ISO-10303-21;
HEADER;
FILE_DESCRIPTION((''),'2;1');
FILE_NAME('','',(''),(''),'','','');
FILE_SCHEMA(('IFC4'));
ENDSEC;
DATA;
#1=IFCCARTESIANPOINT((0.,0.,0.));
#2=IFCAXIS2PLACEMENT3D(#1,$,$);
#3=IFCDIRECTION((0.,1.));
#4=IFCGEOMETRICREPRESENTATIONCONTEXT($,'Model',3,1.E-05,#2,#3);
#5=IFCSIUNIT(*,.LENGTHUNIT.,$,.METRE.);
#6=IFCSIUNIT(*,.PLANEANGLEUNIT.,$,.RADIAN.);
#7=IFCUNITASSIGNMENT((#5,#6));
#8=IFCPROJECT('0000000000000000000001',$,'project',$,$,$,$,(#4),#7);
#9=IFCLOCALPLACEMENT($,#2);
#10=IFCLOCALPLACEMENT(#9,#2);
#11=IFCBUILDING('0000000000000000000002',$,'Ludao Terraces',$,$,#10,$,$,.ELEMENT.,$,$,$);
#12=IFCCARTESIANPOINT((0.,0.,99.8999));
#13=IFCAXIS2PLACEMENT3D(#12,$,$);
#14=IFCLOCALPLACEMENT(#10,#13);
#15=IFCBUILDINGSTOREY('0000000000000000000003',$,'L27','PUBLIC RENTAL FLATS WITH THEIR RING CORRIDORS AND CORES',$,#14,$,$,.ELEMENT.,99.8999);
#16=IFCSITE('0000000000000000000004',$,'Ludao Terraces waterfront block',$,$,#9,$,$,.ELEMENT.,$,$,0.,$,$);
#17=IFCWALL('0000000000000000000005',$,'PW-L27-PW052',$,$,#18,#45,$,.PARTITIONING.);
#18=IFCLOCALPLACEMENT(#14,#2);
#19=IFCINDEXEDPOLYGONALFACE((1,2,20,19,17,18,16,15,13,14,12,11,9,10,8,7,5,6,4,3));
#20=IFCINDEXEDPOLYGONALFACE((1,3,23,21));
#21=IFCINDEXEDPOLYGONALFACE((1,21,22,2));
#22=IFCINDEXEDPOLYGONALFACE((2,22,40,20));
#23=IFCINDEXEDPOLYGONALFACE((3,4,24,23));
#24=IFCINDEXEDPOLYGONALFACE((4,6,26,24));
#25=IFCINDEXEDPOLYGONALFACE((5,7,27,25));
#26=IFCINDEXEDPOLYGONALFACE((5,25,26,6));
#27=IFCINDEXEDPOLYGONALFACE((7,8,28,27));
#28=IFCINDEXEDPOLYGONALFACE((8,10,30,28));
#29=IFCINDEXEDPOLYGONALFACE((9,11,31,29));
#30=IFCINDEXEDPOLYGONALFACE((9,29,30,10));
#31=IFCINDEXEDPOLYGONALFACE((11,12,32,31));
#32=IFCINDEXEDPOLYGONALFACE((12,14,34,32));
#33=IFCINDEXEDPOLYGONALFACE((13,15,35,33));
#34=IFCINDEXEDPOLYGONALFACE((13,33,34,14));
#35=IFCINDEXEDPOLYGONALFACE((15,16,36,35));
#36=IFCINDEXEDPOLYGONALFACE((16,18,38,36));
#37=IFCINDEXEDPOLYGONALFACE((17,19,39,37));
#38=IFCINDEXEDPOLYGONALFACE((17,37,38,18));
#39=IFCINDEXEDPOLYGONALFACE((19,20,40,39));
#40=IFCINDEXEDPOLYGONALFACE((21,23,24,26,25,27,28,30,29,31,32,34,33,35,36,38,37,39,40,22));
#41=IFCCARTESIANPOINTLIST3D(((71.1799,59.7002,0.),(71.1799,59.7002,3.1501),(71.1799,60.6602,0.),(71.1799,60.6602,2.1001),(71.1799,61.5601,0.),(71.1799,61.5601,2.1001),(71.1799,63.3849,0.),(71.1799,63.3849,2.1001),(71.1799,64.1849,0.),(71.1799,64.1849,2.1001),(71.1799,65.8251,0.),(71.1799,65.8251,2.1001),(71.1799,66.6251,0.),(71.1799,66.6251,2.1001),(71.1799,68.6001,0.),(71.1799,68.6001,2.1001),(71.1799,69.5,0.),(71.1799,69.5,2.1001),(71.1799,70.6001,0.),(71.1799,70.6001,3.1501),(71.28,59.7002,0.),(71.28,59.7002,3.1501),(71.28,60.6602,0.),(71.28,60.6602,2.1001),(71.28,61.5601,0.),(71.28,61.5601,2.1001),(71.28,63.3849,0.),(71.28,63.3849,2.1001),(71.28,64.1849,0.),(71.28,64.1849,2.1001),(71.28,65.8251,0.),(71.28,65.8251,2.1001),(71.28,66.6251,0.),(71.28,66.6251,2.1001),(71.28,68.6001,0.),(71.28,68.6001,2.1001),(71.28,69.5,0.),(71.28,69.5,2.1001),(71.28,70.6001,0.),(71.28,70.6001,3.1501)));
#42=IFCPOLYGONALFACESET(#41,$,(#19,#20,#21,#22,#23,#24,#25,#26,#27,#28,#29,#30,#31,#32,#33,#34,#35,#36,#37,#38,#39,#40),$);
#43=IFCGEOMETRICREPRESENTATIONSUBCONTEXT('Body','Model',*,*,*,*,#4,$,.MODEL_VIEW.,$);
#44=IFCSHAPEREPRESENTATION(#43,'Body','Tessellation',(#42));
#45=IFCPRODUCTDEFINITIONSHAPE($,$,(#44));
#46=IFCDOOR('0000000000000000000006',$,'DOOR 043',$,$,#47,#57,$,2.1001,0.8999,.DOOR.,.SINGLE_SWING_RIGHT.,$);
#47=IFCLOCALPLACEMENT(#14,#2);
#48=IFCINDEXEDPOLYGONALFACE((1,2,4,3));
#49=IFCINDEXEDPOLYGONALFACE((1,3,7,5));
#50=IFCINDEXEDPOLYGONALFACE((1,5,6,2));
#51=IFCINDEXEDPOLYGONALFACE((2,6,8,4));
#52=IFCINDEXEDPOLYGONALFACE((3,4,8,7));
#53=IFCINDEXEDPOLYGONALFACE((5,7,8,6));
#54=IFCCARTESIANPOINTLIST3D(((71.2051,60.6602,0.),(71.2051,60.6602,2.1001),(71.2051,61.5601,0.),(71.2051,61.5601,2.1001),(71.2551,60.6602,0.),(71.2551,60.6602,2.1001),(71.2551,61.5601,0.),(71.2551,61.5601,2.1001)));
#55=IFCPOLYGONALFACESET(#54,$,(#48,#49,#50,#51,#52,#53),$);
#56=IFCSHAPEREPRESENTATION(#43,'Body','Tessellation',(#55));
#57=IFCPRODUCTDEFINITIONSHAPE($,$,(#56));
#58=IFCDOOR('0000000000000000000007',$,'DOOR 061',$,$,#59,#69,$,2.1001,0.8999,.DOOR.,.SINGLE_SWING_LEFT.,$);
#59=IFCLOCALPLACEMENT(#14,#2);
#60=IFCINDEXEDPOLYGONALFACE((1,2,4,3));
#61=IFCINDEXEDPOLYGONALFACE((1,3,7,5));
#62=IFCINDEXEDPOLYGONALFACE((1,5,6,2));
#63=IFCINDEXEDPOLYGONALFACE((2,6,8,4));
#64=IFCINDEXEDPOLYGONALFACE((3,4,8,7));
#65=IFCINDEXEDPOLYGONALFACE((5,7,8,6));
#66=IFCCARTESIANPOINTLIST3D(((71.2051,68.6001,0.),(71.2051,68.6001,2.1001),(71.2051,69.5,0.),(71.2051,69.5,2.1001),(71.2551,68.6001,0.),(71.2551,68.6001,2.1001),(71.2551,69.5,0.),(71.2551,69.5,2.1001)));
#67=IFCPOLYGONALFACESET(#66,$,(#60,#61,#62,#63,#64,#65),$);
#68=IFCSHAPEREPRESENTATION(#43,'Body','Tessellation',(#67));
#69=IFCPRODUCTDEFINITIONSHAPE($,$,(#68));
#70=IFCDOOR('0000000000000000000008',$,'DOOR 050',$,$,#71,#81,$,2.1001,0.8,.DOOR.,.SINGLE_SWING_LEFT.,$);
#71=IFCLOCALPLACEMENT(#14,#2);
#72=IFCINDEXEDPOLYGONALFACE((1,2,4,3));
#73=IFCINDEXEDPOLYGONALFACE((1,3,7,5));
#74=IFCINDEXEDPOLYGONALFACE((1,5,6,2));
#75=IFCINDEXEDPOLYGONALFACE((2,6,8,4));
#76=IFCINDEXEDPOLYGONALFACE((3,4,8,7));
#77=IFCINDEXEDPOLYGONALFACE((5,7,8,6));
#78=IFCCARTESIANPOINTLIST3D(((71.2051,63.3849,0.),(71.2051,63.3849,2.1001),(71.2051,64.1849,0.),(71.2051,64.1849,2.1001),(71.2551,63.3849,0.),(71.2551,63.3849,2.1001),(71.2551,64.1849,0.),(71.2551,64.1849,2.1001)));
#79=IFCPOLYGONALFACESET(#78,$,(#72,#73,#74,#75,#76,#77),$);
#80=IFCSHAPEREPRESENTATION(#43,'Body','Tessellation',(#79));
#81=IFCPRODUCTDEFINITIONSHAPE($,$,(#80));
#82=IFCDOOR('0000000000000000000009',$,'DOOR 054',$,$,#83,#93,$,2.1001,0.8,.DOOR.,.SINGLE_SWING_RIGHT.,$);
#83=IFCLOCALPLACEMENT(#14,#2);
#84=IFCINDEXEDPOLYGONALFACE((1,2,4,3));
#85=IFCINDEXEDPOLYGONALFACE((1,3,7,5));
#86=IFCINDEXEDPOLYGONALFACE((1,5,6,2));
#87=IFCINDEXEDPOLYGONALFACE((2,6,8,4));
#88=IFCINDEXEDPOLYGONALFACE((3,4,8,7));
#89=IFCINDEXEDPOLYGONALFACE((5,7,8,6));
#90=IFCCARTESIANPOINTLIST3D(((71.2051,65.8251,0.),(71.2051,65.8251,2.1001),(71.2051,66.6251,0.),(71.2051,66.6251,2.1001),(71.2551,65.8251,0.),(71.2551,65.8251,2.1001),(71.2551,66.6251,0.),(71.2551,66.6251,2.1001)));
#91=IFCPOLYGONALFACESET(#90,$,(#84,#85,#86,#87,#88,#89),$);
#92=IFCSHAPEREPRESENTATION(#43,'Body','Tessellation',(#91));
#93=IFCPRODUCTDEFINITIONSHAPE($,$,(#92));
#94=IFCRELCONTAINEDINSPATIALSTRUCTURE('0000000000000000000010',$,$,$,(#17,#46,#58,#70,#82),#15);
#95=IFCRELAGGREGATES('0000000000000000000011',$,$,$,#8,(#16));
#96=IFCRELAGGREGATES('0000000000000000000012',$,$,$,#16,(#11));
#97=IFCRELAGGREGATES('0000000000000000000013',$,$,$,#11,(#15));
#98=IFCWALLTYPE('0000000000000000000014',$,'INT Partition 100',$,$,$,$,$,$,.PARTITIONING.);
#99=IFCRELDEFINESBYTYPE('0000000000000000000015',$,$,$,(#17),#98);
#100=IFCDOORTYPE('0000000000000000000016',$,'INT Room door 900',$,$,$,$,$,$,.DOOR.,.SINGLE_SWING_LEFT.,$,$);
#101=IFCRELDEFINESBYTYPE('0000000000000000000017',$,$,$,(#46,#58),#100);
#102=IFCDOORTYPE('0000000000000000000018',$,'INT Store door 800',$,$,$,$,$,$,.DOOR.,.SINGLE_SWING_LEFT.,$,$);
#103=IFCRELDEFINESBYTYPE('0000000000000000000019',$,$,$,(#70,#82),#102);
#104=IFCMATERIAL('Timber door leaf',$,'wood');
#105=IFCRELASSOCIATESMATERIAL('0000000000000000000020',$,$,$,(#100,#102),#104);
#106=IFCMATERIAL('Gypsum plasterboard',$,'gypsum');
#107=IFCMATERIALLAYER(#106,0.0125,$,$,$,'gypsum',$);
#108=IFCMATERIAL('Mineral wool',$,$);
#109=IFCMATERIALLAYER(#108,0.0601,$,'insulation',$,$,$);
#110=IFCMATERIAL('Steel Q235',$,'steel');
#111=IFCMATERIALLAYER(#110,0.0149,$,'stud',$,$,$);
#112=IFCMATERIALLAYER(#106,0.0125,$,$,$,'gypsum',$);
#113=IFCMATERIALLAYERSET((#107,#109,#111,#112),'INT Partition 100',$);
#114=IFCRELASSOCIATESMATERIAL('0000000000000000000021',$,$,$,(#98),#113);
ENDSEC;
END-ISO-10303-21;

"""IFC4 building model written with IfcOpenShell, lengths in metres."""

from ifc_helpers import new_model, si_unit, direction, frame, frame_2d, origin, place, context, subcontext, project, spatial, rectangle, extrude, material, layer, layer_set, type_object, element, fill, save


model = new_model("IFC4")

# Units and contexts
model_context = context("Model", 3, precision=1e-05, world=origin(), true_north=direction((0.0, 1.0)))
body_context = subcontext(model_context, "Body", "Model", "MODEL_VIEW")
ifc_project = project(units=[si_unit("LENGTHUNIT", "METRE"), si_unit("PLANEANGLEUNIT", "RADIAN")], contexts=[model_context])

# Site, building, storey
site_placement = place(None, origin())
site = spatial("IfcSite", under=ifc_project, at=site_placement, Name="Ludao Terraces waterfront block", CompositionType="ELEMENT", RefElevation=0.0)
building_placement = place(site_placement, origin())
building = spatial("IfcBuilding", under=site, at=building_placement, Name="Ludao Terraces", CompositionType="ELEMENT")
storey_placement = place(building_placement, frame((0.0, 0.0, 99.8999)))
storey = spatial("IfcBuildingStorey", under=building, at=storey_placement, Name="L27", Description="PUBLIC RENTAL FLATS WITH THEIR RING CORRIDORS AND CORES", CompositionType="ELEMENT", Elevation=99.8999)

# Shared definitions
ifc_material_1 = material(Name="Steel Q235", Category="steel")
ifc_material_2 = material(Name="Timber door leaf", Category="wood")
door_type_1 = type_object("IfcDoorType", Name="INT Room door 900", OperationType="SINGLE_SWING_LEFT", PredefinedType="DOOR", material=ifc_material_2)

# Shared definitions
ifc_material_3 = material(Name="Gypsum plasterboard", Category="gypsum")
ifc_layer_1 = layer(ifc_material_3, 0.0125, Category="gypsum")
ifc_material_4 = material(Name="Mineral wool")
ifc_layer_2 = layer(ifc_material_4, 0.0601, Name="insulation")
ifc_layer_3 = layer(ifc_material_1, 0.0149, Name="stud")
ifc_layer_4 = layer(ifc_material_3, 0.0125, Category="gypsum")
ifc_layer_set_1 = layer_set([ifc_layer_1, ifc_layer_2, ifc_layer_3, ifc_layer_4], Name="INT Partition 100")
wall_type_1 = type_object("IfcWallType", Name="INT Partition 100", PredefinedType="PARTITIONING", material=ifc_layer_set_1)

# Wall, openings, doors
wall_1_placement = place(storey_placement, frame((71.23, 59.7002, 0.0), z_axis=(0.0, 0.0, 1.0), x_axis=(0.0, 1.0, 0.0)))
wall_1 = element("IfcWall", 1, at=wall_1_placement, inside=storey, type_object=wall_type_1, Name="PW-L27-PW052", PredefinedType="PARTITIONING", context=body_context, shape_type="SweptSolid", body=[
    extrude(rectangle(XDim=10.8999, YDim=0.1001, at=frame_2d((5.45, 0.0))), origin(), (0.0, 0.0, 1.0), 3.1501),
])
opening_1_placement = place(wall_1_placement, frame((0.96, 0.0, 0.0)))
opening_1 = element("IfcOpeningElement", 2, at=opening_1_placement, cuts=wall_1, PredefinedType="OPENING", context=body_context, shape_type="SweptSolid", body=[
    extrude(rectangle(XDim=0.8999, YDim=2.1001, at=frame_2d((0.45, 1.05))), frame((0.0, 0.0601, 0.0), z_axis=(0.0, -1.0, 0.0), x_axis=(1.0, 0.0, 0.0)), (0.0, 0.0, 1.0), 0.1201),
])
opening_2_placement = place(wall_1_placement, frame((3.6848, 0.0, 0.0)))
opening_2 = element("IfcOpeningElement", 3, at=opening_2_placement, cuts=wall_1, PredefinedType="OPENING", context=body_context, shape_type="SweptSolid", body=[
    extrude(rectangle(XDim=0.8, YDim=2.1001, at=frame_2d((0.3999, 1.05))), frame((0.0, 0.0601, 0.0), z_axis=(0.0, -1.0, 0.0), x_axis=(1.0, 0.0, 0.0)), (0.0, 0.0, 1.0), 0.1201),
])
opening_3_placement = place(wall_1_placement, frame((6.125, 0.0, 0.0)))
opening_3 = element("IfcOpeningElement", 4, at=opening_3_placement, cuts=wall_1, PredefinedType="OPENING", context=body_context, shape_type="SweptSolid", body=[
    extrude(rectangle(XDim=0.8, YDim=2.1001, at=frame_2d((0.3999, 1.05))), frame((0.0, 0.0601, 0.0), z_axis=(0.0, -1.0, 0.0), x_axis=(1.0, 0.0, 0.0)), (0.0, 0.0, 1.0), 0.1201),
])
opening_4_placement = place(wall_1_placement, frame((8.8999, 0.0, 0.0)))
opening_4 = element("IfcOpeningElement", 5, at=opening_4_placement, cuts=wall_1, PredefinedType="OPENING", context=body_context, shape_type="SweptSolid", body=[
    extrude(rectangle(XDim=0.8999, YDim=2.1001, at=frame_2d((0.45, 1.05))), frame((0.0, 0.0601, 0.0), z_axis=(0.0, -1.0, 0.0), x_axis=(1.0, 0.0, 0.0)), (0.0, 0.0, 1.0), 0.1201),
])
door_1_placement = place(opening_1_placement, origin())
door_1 = element("IfcDoor", 6, at=door_1_placement, inside=storey, type_object=door_type_1, Name="DOOR 043", OperationType="SINGLE_SWING_RIGHT", OverallHeight=2.1001, OverallWidth=0.8999, PredefinedType="DOOR", context=body_context, shape_type="SweptSolid", body=[
    extrude(rectangle(XDim=0.8999, YDim=2.1001, at=frame_2d((0.45, 1.05))), frame((0.0, 0.0249, 0.0), z_axis=(0.0, -1.0, 0.0), x_axis=(1.0, 0.0, 0.0)), (0.0, 0.0, 1.0), 0.05),
])
fill(opening_1, door_1)
door_2_placement = place(opening_4_placement, origin())
door_2 = element("IfcDoor", 7, at=door_2_placement, inside=storey, type_object=door_type_1, Name="DOOR 061", OperationType="SINGLE_SWING_LEFT", OverallHeight=2.1001, OverallWidth=0.8999, PredefinedType="DOOR", context=body_context, shape_type="SweptSolid", body=[
    extrude(rectangle(XDim=0.8999, YDim=2.1001, at=frame_2d((0.45, 1.05))), frame((0.0, 0.0249, 0.0), z_axis=(0.0, -1.0, 0.0), x_axis=(1.0, 0.0, 0.0)), (0.0, 0.0, 1.0), 0.05),
])
fill(opening_4, door_2)
door_type_2 = type_object("IfcDoorType", Name="INT Store door 800", OperationType="SINGLE_SWING_LEFT", PredefinedType="DOOR", material=ifc_material_2)
door_3_placement = place(opening_2_placement, origin())
door_3 = element("IfcDoor", 8, at=door_3_placement, inside=storey, type_object=door_type_2, Name="DOOR 050", OperationType="SINGLE_SWING_LEFT", OverallHeight=2.1001, OverallWidth=0.8, PredefinedType="DOOR", context=body_context, shape_type="SweptSolid", body=[
    extrude(rectangle(XDim=0.8, YDim=2.1001, at=frame_2d((0.3999, 1.05))), frame((0.0, 0.0249, 0.0), z_axis=(0.0, -1.0, 0.0), x_axis=(1.0, 0.0, 0.0)), (0.0, 0.0, 1.0), 0.05),
])
fill(opening_2, door_3)
door_4_placement = place(opening_3_placement, origin())
door_4 = element("IfcDoor", 9, at=door_4_placement, inside=storey, type_object=door_type_2, Name="DOOR 054", OperationType="SINGLE_SWING_RIGHT", OverallHeight=2.1001, OverallWidth=0.8, PredefinedType="DOOR", context=body_context, shape_type="SweptSolid", body=[
    extrude(rectangle(XDim=0.8, YDim=2.1001, at=frame_2d((0.3999, 1.05))), frame((0.0, 0.0249, 0.0), z_axis=(0.0, -1.0, 0.0), x_axis=(1.0, 0.0, 0.0)), (0.0, 0.0, 1.0), 0.05),
])
fill(opening_3, door_4)

save(model, "model.ifc")
